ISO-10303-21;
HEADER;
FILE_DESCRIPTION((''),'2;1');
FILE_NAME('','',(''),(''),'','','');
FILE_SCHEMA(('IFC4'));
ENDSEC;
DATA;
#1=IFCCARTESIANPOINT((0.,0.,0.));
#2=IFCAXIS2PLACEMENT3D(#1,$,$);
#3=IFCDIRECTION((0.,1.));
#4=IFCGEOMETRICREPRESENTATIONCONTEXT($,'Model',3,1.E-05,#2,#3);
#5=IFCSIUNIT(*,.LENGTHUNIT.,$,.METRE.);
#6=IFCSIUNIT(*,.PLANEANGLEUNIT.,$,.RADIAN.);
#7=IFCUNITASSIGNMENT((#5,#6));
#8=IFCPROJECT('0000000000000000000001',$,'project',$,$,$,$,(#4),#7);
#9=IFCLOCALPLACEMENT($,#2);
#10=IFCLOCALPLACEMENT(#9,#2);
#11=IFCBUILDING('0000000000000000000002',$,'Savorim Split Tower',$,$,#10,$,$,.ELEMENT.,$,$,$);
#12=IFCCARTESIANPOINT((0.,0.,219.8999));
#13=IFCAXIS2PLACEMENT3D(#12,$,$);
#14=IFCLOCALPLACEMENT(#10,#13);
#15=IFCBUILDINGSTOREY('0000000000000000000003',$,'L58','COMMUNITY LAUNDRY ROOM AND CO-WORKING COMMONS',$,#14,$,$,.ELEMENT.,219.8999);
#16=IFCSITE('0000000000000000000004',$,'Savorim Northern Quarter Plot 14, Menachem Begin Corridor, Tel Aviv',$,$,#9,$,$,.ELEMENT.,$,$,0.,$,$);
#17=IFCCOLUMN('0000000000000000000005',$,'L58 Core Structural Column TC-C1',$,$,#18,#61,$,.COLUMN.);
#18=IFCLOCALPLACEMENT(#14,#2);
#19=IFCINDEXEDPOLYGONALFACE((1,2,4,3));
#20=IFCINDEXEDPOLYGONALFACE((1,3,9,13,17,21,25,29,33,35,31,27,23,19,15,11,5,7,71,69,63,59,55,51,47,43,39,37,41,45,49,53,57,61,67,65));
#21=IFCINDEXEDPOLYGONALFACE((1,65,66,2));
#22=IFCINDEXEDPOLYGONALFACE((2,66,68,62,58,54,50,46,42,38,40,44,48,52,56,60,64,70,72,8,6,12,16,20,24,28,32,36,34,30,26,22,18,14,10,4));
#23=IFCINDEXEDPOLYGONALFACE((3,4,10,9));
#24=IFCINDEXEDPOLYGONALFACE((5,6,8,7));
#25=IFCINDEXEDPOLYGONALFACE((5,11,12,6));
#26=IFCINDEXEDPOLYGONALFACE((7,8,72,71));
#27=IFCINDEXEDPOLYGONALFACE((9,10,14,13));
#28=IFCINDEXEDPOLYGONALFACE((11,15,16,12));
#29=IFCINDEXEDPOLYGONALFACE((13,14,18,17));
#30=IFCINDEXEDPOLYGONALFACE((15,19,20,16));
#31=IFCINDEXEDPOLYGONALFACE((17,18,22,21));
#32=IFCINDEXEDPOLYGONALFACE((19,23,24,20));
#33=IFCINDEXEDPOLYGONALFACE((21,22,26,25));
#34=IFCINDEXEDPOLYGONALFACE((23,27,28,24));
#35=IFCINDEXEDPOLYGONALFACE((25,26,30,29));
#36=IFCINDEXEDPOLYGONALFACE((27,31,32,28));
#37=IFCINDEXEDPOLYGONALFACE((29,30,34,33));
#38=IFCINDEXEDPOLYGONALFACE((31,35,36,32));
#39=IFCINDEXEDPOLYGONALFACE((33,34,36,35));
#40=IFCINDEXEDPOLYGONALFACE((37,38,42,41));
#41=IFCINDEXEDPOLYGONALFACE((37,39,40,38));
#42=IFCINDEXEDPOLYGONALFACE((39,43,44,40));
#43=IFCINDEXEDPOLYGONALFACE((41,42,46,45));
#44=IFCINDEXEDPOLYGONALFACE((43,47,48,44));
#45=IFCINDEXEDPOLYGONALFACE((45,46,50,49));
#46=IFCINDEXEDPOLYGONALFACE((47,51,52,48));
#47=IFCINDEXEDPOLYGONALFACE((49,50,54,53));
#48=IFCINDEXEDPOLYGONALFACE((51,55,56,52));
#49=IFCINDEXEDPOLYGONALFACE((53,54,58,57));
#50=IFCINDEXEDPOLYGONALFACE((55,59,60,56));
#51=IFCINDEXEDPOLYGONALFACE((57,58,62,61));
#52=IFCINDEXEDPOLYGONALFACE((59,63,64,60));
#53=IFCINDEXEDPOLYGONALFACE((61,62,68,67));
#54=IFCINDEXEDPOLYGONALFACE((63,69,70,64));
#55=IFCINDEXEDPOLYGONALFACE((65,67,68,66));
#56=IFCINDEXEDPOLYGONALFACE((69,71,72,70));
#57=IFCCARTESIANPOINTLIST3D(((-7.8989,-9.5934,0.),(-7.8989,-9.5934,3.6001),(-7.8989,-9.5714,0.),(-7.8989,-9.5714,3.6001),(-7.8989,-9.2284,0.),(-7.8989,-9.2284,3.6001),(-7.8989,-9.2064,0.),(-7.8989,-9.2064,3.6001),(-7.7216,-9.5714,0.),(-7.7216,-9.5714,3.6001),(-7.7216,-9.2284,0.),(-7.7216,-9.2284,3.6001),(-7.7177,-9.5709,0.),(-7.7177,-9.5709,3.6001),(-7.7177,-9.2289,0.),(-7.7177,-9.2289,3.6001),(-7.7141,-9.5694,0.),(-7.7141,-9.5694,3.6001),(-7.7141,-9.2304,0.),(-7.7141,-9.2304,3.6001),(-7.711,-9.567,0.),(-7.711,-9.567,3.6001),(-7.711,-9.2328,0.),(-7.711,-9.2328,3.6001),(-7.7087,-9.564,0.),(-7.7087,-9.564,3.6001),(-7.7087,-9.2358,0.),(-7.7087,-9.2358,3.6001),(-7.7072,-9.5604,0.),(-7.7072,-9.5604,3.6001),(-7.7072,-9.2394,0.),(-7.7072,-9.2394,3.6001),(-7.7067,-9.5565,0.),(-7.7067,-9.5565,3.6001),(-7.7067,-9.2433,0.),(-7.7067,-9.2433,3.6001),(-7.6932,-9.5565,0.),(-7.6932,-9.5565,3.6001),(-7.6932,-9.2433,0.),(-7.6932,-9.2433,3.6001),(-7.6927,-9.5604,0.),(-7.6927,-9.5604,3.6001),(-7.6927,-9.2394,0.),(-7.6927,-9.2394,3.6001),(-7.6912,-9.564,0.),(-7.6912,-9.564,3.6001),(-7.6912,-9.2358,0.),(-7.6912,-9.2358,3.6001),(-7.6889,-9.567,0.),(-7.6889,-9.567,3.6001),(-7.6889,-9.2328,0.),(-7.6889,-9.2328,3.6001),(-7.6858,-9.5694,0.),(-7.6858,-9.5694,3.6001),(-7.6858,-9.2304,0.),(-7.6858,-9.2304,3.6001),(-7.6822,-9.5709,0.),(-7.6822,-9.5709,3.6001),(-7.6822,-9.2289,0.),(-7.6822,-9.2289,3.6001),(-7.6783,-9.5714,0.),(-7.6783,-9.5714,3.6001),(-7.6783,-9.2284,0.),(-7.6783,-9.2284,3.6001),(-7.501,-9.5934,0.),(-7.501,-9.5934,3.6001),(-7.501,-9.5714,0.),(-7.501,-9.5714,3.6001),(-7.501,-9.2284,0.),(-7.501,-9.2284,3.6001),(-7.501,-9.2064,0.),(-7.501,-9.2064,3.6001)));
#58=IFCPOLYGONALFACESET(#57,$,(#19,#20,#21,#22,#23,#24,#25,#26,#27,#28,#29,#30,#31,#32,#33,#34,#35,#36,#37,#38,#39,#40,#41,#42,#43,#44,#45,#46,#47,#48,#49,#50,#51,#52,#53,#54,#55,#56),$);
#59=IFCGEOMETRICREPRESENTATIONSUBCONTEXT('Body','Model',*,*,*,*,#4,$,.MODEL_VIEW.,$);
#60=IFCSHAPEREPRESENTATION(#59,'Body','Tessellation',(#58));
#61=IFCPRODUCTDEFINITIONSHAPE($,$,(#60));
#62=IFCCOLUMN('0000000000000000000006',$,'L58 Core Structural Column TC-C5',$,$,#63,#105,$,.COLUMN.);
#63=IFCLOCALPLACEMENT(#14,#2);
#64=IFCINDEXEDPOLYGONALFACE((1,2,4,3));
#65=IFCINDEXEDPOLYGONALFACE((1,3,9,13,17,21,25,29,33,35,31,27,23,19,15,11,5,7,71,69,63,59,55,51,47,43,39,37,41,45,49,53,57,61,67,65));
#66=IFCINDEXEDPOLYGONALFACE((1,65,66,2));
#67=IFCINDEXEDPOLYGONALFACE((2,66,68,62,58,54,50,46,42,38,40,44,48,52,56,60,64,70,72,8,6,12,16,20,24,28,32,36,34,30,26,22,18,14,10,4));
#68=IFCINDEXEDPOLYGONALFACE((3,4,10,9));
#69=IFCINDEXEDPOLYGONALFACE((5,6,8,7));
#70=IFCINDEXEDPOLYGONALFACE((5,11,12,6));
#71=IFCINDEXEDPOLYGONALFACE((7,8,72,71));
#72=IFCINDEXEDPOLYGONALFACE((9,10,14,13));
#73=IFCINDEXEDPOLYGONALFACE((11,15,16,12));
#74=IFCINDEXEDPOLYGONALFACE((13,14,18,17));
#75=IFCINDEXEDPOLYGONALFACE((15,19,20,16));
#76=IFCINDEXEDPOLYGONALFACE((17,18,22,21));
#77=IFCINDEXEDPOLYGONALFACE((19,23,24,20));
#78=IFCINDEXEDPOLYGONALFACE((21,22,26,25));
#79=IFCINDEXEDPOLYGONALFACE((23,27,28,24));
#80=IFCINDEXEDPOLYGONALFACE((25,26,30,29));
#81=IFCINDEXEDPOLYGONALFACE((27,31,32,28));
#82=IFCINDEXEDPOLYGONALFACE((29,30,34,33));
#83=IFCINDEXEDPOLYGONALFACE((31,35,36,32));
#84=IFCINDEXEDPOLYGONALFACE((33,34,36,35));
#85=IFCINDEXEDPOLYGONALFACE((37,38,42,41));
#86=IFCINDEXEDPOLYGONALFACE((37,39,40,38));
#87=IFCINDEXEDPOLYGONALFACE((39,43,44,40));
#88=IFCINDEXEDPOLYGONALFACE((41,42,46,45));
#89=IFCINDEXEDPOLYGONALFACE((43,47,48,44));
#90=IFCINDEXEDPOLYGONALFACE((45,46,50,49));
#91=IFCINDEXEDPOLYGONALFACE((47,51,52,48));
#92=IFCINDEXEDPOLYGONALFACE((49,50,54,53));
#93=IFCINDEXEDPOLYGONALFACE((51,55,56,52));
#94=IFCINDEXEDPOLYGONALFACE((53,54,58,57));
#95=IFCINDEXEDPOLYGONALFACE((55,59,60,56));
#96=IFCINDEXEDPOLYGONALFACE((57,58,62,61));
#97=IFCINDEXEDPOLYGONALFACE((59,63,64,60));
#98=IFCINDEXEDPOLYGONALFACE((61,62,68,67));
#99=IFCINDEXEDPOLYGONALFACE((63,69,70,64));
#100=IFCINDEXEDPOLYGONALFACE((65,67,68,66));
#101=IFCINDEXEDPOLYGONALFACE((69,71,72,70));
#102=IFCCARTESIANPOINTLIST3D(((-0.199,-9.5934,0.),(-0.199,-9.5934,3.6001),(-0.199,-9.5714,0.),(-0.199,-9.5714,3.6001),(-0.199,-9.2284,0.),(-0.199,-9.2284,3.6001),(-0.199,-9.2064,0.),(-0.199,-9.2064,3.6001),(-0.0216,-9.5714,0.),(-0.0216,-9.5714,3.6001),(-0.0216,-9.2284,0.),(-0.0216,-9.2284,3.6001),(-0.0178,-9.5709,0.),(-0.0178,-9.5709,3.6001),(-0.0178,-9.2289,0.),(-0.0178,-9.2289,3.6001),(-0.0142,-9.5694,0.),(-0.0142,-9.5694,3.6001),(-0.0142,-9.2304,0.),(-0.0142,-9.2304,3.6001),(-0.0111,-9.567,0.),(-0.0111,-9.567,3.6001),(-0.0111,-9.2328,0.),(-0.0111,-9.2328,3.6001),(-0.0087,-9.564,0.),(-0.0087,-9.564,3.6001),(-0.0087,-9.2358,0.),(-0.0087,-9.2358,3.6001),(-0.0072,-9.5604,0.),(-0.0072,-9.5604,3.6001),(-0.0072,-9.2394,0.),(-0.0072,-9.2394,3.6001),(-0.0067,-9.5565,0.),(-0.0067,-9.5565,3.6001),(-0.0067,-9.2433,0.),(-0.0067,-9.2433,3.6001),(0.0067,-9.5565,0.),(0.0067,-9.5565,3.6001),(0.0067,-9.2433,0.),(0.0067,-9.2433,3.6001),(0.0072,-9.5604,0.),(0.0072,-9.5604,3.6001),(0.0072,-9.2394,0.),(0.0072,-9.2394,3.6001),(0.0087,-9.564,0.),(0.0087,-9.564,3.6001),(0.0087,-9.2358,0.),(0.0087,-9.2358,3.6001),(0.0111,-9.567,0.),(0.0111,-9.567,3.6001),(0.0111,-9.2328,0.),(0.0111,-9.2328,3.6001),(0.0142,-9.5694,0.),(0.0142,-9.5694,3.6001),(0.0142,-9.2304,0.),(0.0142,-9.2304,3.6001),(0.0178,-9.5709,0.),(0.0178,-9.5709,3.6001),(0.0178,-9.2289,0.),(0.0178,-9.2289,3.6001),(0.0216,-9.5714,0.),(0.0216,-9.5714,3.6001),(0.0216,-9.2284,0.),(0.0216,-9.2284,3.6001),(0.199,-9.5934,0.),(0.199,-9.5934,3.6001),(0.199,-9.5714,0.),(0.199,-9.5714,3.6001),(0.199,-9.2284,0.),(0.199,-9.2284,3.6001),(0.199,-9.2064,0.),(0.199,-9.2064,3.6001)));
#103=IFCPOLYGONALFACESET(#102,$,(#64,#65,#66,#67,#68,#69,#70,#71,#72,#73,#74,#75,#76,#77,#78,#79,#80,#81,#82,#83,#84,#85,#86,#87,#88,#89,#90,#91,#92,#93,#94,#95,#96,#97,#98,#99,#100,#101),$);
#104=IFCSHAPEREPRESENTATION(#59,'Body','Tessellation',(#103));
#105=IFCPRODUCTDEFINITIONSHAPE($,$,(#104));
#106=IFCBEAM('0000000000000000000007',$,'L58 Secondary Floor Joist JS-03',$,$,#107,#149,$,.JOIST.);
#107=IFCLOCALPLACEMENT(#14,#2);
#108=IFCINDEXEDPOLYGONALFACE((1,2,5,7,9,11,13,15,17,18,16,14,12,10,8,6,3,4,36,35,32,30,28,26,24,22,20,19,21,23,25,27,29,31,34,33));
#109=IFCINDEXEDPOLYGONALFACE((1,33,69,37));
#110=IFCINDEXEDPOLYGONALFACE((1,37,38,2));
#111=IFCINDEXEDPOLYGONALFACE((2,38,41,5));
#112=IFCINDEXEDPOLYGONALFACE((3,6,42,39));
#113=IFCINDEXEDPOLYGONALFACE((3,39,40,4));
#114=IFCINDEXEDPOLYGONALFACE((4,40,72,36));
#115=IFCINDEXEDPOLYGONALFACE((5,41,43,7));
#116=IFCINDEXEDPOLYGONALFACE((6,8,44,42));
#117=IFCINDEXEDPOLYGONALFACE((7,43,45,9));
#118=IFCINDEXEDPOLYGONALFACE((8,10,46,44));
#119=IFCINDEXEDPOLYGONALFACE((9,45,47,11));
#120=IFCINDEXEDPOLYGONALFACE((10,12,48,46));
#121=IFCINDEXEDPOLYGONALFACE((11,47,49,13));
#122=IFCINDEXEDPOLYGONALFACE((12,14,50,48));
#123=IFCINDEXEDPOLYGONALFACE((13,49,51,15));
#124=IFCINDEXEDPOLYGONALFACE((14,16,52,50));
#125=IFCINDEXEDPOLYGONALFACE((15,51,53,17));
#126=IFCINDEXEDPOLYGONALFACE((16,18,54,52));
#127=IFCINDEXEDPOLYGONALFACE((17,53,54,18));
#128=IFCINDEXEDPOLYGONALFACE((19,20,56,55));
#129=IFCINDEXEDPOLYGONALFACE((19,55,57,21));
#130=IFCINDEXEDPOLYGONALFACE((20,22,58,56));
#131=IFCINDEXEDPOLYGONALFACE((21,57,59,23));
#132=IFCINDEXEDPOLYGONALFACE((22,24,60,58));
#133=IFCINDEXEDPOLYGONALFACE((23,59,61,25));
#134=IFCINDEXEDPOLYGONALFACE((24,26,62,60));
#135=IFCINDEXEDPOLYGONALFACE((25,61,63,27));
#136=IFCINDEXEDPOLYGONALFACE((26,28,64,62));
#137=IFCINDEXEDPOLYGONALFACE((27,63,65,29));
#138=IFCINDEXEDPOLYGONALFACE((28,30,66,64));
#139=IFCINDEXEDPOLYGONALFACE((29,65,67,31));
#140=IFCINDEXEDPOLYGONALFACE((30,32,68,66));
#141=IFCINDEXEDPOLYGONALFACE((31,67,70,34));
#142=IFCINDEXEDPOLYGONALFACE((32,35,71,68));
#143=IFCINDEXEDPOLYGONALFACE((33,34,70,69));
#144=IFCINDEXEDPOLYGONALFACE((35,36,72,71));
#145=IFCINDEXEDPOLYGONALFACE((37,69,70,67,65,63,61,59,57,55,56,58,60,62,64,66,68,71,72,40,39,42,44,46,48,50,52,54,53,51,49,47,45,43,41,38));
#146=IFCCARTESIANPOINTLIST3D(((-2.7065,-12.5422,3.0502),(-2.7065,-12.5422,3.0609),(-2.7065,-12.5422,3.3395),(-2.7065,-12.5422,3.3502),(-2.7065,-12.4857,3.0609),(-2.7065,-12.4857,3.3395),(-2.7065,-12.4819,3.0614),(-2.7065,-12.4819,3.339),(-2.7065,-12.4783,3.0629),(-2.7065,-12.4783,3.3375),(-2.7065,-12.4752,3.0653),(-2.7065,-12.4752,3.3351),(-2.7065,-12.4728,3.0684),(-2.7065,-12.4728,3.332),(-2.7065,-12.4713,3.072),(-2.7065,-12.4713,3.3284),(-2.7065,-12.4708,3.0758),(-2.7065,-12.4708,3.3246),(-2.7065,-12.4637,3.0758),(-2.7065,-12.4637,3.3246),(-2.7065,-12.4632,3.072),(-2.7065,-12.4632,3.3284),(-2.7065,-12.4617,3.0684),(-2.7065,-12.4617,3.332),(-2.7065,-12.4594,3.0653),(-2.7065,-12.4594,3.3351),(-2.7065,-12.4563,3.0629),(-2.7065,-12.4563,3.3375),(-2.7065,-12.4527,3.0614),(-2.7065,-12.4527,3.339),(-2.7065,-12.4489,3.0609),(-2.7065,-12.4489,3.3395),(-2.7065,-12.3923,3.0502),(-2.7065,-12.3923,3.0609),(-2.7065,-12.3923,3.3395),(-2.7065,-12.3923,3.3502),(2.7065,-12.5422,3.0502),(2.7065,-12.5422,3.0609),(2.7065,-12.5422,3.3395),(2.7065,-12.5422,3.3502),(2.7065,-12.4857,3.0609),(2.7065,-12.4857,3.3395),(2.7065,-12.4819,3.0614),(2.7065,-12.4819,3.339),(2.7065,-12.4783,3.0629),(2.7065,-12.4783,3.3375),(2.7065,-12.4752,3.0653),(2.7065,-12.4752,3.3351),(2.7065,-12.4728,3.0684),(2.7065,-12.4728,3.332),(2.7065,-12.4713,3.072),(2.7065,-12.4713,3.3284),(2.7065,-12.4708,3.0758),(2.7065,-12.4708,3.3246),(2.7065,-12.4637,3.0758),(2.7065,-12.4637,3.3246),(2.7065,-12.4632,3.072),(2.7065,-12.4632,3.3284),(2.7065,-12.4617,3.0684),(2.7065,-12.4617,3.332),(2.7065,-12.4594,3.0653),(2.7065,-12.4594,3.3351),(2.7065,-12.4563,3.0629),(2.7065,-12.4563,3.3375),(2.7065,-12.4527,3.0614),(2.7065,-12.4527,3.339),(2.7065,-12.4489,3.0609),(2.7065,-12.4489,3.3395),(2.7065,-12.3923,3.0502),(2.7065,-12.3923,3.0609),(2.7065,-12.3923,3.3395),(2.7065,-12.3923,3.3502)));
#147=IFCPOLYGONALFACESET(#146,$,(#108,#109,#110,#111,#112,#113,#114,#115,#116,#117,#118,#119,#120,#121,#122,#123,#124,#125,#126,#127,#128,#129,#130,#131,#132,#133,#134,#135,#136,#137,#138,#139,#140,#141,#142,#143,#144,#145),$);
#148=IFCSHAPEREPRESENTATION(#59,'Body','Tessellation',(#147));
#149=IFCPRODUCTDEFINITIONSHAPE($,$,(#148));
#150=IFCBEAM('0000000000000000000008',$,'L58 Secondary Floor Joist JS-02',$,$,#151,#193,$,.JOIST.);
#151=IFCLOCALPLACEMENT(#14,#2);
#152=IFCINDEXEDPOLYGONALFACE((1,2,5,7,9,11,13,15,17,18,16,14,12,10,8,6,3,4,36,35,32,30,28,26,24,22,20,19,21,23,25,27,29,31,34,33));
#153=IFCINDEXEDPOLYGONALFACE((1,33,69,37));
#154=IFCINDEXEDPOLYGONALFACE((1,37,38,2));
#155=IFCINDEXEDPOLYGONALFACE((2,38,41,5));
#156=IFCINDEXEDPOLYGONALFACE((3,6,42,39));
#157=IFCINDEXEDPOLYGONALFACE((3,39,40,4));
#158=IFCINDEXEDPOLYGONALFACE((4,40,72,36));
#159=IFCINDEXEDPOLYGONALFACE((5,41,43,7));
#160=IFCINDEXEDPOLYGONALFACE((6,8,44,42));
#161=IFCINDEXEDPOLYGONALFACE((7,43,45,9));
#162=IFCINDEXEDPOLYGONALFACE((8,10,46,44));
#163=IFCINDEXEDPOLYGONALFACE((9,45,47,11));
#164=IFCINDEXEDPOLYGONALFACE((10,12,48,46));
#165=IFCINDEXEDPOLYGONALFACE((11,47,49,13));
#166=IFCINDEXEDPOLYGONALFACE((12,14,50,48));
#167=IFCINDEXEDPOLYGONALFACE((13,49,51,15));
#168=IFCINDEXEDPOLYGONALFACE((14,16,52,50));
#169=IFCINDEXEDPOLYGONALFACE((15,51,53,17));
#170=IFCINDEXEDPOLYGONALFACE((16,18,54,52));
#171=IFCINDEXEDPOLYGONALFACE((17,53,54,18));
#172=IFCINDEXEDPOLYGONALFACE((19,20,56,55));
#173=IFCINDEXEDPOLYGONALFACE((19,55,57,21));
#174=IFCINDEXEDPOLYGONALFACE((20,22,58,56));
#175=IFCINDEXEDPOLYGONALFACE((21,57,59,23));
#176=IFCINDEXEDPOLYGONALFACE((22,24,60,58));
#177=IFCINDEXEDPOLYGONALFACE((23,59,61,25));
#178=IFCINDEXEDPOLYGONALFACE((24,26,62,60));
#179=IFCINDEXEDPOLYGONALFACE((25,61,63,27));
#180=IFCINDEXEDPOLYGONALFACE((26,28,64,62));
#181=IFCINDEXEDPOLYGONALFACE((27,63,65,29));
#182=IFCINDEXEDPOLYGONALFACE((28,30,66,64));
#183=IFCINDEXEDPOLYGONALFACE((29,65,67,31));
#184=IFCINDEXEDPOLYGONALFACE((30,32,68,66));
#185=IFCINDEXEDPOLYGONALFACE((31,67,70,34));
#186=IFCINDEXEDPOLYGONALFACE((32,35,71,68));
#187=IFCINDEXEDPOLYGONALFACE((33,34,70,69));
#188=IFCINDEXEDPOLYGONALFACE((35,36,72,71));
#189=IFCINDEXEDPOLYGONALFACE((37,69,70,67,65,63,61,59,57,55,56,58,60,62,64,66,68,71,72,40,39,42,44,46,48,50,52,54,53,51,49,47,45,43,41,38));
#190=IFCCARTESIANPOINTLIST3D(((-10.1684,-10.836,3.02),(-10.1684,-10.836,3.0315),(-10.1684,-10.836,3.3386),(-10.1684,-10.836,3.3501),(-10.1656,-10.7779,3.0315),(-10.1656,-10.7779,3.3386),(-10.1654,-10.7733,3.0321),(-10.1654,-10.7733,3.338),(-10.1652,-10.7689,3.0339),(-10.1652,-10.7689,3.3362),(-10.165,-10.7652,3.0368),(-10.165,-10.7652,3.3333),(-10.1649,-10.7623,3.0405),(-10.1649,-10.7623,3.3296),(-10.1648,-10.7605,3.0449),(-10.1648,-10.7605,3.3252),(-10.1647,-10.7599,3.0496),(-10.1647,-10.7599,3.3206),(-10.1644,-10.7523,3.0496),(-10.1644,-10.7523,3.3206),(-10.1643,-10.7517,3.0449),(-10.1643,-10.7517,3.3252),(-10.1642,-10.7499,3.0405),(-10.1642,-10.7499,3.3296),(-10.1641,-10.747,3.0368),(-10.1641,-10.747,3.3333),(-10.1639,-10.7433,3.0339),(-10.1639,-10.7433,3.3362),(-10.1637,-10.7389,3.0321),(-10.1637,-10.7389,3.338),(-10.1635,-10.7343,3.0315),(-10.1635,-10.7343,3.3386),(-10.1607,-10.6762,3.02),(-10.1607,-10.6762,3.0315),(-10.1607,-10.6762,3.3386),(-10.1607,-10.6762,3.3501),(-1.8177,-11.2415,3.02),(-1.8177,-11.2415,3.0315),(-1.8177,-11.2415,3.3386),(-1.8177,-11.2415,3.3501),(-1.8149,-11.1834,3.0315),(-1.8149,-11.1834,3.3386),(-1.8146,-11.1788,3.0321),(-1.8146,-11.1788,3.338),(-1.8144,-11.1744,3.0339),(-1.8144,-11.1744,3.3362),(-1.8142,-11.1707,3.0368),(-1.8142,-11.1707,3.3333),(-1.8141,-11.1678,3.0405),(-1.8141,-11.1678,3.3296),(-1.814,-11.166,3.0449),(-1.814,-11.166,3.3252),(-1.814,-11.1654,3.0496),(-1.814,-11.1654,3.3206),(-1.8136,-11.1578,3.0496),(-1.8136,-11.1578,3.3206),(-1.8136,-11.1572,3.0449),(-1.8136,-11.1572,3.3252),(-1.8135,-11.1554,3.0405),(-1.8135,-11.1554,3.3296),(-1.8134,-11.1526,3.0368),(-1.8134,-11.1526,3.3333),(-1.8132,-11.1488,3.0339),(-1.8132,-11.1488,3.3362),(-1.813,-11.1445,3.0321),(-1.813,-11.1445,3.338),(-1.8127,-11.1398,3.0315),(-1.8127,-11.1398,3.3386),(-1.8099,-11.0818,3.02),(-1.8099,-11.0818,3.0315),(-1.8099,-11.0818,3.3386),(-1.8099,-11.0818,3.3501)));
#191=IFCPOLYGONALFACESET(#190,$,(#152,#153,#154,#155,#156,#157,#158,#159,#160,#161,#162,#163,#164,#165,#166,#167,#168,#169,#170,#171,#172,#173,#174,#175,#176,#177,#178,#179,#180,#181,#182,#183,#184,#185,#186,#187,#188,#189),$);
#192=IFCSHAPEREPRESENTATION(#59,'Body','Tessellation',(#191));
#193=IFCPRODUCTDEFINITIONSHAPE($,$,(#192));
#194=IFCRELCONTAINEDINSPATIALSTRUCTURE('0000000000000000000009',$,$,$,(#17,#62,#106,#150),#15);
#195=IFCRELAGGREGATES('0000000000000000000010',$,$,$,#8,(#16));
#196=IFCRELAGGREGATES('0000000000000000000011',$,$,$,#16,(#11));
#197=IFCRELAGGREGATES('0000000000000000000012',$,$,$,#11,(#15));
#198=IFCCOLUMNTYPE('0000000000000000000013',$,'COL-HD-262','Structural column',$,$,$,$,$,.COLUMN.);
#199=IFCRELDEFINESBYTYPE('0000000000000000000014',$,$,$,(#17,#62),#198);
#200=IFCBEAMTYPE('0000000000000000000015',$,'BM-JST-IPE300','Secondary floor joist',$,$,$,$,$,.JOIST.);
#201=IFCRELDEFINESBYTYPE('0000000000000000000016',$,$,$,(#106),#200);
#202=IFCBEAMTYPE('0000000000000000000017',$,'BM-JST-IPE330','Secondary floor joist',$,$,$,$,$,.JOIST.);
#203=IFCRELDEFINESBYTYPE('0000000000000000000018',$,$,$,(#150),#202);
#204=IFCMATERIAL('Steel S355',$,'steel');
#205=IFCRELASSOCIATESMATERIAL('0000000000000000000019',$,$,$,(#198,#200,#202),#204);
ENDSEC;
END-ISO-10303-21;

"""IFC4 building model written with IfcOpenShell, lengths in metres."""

from ifc_helpers import new_model, si_unit, direction, frame, origin, origin_2d, place, context, subcontext, project, spatial, i_section, extrude, material, material_profile, profile_set, type_object, element, save


model = new_model("IFC4")

# Units and contexts
model_context = context("Model", 3, precision=1e-05, world=origin(), true_north=direction((0.0, 1.0)))
body_context = subcontext(model_context, "Body", "Model", "MODEL_VIEW")
ifc_project = project(units=[si_unit("LENGTHUNIT", "METRE"), si_unit("PLANEANGLEUNIT", "RADIAN")], contexts=[model_context])

# Site, building, storey
site_placement = place(None, origin())
site = spatial("IfcSite", under=ifc_project, at=site_placement, Name="Savorim Northern Quarter Plot 14, Menachem Begin Corridor, Tel Aviv", CompositionType="ELEMENT", RefElevation=0.0)
building_placement = place(site_placement, origin())
building = spatial("IfcBuilding", under=site, at=building_placement, Name="Savorim Split Tower", CompositionType="ELEMENT")
storey_placement = place(building_placement, frame((0.0, 0.0, 219.8999)))
storey = spatial("IfcBuildingStorey", under=building, at=storey_placement, Name="L58", Description="COMMUNITY LAUNDRY ROOM AND CO-WORKING COMMONS", CompositionType="ELEMENT", Elevation=219.8999)

# Columns
ifc_material_1 = material(Name="Steel S355", Category="steel")
ifc_material_profile_1 = material_profile(ifc_material_1, i_section(OverallWidth=0.3979, OverallDepth=0.387, WebThickness=0.0134, FlangeThickness=0.022, FilletRadius=0.0149, at=origin_2d()), Name="HD 400x262")
ifc_profile_set_1 = profile_set([ifc_material_profile_1], Name="Steel S355")
column_type = type_object("IfcColumnType", Name="COL-HD-262", Description="Structural column", PredefinedType="COLUMN", material=ifc_profile_set_1)
for number, where, z_axis, x_axis, name in (
    (1, (-7.7, -9.3999, 0.0), (0.0, 0.0, 1.0), (1.0, 0.0, 0.0), "L58 Core Structural Column TC-C1"),
    (2, (0.0, -9.3999, 0.0), (0.0, 0.0, 1.0), (1.0, 0.0, 0.0), "L58 Core Structural Column TC-C5"),
):
    element("IfcColumn", number, at=place(storey_placement, frame(where, z_axis=z_axis, x_axis=x_axis)), inside=storey, type_object=column_type, Name=name, PredefinedType="COLUMN", context=body_context, shape_type="SweptSolid", body=[
        extrude(i_section(OverallWidth=0.3979, OverallDepth=0.387, WebThickness=0.0134, FlangeThickness=0.022, FilletRadius=0.0149, at=origin_2d()), origin(), (0.0, 0.0, 1.0), 3.6001),
    ])

# Beams
ifc_material_profile_2 = material_profile(ifc_material_1, i_section(OverallWidth=0.1499, OverallDepth=0.3, WebThickness=0.0071, FlangeThickness=0.0107, FilletRadius=0.0149, at=origin_2d()), Name="IPE 300")
ifc_profile_set_2 = profile_set([ifc_material_profile_2], Name="Steel S355")
beam_type_1 = type_object("IfcBeamType", Name="BM-JST-IPE300", Description="Secondary floor joist", PredefinedType="JOIST", material=ifc_profile_set_2)
beam_1_placement = place(storey_placement, frame((-2.7065, -12.4673, 3.2002), z_axis=(1.0, 0.0, 0.0), x_axis=(0.0, 1.0, 0.0)))
element("IfcBeam", 3, at=beam_1_placement, inside=storey, type_object=beam_type_1, Name="L58 Secondary Floor Joist JS-03", PredefinedType="JOIST", context=body_context, shape_type="SweptSolid", body=[
    extrude(i_section(OverallWidth=0.1499, OverallDepth=0.3, WebThickness=0.0071, FlangeThickness=0.0107, FilletRadius=0.0149, at=origin_2d()), origin(), (0.0, 0.0, 1.0), 5.4131),
])
ifc_material_profile_3 = material_profile(ifc_material_1, i_section(OverallWidth=0.1599, OverallDepth=0.3301, WebThickness=0.0076, FlangeThickness=0.0115, FilletRadius=0.0181, at=origin_2d()), Name="IPE 330")
ifc_profile_set_3 = profile_set([ifc_material_profile_3], Name="Steel S355")
beam_type_2 = type_object("IfcBeamType", Name="BM-JST-IPE330", Description="Secondary floor joist", PredefinedType="JOIST", material=ifc_profile_set_3)
beam_2_placement = place(storey_placement, frame((-10.1646, -10.7561, 3.1851), z_axis=(0.998823, -0.048503, 0.0), x_axis=(0.048503, 0.998823, 0.0)))
element("IfcBeam", 4, at=beam_2_placement, inside=storey, type_object=beam_type_2, Name="L58 Secondary Floor Joist JS-02", PredefinedType="JOIST", context=body_context, shape_type="SweptSolid", body=[
    extrude(i_section(OverallWidth=0.1599, OverallDepth=0.3301, WebThickness=0.0076, FlangeThickness=0.0115, FilletRadius=0.0181, at=origin_2d()), origin(), (0.0, 0.0, 1.0), 8.3606),
])

save(model, "model.ifc")
